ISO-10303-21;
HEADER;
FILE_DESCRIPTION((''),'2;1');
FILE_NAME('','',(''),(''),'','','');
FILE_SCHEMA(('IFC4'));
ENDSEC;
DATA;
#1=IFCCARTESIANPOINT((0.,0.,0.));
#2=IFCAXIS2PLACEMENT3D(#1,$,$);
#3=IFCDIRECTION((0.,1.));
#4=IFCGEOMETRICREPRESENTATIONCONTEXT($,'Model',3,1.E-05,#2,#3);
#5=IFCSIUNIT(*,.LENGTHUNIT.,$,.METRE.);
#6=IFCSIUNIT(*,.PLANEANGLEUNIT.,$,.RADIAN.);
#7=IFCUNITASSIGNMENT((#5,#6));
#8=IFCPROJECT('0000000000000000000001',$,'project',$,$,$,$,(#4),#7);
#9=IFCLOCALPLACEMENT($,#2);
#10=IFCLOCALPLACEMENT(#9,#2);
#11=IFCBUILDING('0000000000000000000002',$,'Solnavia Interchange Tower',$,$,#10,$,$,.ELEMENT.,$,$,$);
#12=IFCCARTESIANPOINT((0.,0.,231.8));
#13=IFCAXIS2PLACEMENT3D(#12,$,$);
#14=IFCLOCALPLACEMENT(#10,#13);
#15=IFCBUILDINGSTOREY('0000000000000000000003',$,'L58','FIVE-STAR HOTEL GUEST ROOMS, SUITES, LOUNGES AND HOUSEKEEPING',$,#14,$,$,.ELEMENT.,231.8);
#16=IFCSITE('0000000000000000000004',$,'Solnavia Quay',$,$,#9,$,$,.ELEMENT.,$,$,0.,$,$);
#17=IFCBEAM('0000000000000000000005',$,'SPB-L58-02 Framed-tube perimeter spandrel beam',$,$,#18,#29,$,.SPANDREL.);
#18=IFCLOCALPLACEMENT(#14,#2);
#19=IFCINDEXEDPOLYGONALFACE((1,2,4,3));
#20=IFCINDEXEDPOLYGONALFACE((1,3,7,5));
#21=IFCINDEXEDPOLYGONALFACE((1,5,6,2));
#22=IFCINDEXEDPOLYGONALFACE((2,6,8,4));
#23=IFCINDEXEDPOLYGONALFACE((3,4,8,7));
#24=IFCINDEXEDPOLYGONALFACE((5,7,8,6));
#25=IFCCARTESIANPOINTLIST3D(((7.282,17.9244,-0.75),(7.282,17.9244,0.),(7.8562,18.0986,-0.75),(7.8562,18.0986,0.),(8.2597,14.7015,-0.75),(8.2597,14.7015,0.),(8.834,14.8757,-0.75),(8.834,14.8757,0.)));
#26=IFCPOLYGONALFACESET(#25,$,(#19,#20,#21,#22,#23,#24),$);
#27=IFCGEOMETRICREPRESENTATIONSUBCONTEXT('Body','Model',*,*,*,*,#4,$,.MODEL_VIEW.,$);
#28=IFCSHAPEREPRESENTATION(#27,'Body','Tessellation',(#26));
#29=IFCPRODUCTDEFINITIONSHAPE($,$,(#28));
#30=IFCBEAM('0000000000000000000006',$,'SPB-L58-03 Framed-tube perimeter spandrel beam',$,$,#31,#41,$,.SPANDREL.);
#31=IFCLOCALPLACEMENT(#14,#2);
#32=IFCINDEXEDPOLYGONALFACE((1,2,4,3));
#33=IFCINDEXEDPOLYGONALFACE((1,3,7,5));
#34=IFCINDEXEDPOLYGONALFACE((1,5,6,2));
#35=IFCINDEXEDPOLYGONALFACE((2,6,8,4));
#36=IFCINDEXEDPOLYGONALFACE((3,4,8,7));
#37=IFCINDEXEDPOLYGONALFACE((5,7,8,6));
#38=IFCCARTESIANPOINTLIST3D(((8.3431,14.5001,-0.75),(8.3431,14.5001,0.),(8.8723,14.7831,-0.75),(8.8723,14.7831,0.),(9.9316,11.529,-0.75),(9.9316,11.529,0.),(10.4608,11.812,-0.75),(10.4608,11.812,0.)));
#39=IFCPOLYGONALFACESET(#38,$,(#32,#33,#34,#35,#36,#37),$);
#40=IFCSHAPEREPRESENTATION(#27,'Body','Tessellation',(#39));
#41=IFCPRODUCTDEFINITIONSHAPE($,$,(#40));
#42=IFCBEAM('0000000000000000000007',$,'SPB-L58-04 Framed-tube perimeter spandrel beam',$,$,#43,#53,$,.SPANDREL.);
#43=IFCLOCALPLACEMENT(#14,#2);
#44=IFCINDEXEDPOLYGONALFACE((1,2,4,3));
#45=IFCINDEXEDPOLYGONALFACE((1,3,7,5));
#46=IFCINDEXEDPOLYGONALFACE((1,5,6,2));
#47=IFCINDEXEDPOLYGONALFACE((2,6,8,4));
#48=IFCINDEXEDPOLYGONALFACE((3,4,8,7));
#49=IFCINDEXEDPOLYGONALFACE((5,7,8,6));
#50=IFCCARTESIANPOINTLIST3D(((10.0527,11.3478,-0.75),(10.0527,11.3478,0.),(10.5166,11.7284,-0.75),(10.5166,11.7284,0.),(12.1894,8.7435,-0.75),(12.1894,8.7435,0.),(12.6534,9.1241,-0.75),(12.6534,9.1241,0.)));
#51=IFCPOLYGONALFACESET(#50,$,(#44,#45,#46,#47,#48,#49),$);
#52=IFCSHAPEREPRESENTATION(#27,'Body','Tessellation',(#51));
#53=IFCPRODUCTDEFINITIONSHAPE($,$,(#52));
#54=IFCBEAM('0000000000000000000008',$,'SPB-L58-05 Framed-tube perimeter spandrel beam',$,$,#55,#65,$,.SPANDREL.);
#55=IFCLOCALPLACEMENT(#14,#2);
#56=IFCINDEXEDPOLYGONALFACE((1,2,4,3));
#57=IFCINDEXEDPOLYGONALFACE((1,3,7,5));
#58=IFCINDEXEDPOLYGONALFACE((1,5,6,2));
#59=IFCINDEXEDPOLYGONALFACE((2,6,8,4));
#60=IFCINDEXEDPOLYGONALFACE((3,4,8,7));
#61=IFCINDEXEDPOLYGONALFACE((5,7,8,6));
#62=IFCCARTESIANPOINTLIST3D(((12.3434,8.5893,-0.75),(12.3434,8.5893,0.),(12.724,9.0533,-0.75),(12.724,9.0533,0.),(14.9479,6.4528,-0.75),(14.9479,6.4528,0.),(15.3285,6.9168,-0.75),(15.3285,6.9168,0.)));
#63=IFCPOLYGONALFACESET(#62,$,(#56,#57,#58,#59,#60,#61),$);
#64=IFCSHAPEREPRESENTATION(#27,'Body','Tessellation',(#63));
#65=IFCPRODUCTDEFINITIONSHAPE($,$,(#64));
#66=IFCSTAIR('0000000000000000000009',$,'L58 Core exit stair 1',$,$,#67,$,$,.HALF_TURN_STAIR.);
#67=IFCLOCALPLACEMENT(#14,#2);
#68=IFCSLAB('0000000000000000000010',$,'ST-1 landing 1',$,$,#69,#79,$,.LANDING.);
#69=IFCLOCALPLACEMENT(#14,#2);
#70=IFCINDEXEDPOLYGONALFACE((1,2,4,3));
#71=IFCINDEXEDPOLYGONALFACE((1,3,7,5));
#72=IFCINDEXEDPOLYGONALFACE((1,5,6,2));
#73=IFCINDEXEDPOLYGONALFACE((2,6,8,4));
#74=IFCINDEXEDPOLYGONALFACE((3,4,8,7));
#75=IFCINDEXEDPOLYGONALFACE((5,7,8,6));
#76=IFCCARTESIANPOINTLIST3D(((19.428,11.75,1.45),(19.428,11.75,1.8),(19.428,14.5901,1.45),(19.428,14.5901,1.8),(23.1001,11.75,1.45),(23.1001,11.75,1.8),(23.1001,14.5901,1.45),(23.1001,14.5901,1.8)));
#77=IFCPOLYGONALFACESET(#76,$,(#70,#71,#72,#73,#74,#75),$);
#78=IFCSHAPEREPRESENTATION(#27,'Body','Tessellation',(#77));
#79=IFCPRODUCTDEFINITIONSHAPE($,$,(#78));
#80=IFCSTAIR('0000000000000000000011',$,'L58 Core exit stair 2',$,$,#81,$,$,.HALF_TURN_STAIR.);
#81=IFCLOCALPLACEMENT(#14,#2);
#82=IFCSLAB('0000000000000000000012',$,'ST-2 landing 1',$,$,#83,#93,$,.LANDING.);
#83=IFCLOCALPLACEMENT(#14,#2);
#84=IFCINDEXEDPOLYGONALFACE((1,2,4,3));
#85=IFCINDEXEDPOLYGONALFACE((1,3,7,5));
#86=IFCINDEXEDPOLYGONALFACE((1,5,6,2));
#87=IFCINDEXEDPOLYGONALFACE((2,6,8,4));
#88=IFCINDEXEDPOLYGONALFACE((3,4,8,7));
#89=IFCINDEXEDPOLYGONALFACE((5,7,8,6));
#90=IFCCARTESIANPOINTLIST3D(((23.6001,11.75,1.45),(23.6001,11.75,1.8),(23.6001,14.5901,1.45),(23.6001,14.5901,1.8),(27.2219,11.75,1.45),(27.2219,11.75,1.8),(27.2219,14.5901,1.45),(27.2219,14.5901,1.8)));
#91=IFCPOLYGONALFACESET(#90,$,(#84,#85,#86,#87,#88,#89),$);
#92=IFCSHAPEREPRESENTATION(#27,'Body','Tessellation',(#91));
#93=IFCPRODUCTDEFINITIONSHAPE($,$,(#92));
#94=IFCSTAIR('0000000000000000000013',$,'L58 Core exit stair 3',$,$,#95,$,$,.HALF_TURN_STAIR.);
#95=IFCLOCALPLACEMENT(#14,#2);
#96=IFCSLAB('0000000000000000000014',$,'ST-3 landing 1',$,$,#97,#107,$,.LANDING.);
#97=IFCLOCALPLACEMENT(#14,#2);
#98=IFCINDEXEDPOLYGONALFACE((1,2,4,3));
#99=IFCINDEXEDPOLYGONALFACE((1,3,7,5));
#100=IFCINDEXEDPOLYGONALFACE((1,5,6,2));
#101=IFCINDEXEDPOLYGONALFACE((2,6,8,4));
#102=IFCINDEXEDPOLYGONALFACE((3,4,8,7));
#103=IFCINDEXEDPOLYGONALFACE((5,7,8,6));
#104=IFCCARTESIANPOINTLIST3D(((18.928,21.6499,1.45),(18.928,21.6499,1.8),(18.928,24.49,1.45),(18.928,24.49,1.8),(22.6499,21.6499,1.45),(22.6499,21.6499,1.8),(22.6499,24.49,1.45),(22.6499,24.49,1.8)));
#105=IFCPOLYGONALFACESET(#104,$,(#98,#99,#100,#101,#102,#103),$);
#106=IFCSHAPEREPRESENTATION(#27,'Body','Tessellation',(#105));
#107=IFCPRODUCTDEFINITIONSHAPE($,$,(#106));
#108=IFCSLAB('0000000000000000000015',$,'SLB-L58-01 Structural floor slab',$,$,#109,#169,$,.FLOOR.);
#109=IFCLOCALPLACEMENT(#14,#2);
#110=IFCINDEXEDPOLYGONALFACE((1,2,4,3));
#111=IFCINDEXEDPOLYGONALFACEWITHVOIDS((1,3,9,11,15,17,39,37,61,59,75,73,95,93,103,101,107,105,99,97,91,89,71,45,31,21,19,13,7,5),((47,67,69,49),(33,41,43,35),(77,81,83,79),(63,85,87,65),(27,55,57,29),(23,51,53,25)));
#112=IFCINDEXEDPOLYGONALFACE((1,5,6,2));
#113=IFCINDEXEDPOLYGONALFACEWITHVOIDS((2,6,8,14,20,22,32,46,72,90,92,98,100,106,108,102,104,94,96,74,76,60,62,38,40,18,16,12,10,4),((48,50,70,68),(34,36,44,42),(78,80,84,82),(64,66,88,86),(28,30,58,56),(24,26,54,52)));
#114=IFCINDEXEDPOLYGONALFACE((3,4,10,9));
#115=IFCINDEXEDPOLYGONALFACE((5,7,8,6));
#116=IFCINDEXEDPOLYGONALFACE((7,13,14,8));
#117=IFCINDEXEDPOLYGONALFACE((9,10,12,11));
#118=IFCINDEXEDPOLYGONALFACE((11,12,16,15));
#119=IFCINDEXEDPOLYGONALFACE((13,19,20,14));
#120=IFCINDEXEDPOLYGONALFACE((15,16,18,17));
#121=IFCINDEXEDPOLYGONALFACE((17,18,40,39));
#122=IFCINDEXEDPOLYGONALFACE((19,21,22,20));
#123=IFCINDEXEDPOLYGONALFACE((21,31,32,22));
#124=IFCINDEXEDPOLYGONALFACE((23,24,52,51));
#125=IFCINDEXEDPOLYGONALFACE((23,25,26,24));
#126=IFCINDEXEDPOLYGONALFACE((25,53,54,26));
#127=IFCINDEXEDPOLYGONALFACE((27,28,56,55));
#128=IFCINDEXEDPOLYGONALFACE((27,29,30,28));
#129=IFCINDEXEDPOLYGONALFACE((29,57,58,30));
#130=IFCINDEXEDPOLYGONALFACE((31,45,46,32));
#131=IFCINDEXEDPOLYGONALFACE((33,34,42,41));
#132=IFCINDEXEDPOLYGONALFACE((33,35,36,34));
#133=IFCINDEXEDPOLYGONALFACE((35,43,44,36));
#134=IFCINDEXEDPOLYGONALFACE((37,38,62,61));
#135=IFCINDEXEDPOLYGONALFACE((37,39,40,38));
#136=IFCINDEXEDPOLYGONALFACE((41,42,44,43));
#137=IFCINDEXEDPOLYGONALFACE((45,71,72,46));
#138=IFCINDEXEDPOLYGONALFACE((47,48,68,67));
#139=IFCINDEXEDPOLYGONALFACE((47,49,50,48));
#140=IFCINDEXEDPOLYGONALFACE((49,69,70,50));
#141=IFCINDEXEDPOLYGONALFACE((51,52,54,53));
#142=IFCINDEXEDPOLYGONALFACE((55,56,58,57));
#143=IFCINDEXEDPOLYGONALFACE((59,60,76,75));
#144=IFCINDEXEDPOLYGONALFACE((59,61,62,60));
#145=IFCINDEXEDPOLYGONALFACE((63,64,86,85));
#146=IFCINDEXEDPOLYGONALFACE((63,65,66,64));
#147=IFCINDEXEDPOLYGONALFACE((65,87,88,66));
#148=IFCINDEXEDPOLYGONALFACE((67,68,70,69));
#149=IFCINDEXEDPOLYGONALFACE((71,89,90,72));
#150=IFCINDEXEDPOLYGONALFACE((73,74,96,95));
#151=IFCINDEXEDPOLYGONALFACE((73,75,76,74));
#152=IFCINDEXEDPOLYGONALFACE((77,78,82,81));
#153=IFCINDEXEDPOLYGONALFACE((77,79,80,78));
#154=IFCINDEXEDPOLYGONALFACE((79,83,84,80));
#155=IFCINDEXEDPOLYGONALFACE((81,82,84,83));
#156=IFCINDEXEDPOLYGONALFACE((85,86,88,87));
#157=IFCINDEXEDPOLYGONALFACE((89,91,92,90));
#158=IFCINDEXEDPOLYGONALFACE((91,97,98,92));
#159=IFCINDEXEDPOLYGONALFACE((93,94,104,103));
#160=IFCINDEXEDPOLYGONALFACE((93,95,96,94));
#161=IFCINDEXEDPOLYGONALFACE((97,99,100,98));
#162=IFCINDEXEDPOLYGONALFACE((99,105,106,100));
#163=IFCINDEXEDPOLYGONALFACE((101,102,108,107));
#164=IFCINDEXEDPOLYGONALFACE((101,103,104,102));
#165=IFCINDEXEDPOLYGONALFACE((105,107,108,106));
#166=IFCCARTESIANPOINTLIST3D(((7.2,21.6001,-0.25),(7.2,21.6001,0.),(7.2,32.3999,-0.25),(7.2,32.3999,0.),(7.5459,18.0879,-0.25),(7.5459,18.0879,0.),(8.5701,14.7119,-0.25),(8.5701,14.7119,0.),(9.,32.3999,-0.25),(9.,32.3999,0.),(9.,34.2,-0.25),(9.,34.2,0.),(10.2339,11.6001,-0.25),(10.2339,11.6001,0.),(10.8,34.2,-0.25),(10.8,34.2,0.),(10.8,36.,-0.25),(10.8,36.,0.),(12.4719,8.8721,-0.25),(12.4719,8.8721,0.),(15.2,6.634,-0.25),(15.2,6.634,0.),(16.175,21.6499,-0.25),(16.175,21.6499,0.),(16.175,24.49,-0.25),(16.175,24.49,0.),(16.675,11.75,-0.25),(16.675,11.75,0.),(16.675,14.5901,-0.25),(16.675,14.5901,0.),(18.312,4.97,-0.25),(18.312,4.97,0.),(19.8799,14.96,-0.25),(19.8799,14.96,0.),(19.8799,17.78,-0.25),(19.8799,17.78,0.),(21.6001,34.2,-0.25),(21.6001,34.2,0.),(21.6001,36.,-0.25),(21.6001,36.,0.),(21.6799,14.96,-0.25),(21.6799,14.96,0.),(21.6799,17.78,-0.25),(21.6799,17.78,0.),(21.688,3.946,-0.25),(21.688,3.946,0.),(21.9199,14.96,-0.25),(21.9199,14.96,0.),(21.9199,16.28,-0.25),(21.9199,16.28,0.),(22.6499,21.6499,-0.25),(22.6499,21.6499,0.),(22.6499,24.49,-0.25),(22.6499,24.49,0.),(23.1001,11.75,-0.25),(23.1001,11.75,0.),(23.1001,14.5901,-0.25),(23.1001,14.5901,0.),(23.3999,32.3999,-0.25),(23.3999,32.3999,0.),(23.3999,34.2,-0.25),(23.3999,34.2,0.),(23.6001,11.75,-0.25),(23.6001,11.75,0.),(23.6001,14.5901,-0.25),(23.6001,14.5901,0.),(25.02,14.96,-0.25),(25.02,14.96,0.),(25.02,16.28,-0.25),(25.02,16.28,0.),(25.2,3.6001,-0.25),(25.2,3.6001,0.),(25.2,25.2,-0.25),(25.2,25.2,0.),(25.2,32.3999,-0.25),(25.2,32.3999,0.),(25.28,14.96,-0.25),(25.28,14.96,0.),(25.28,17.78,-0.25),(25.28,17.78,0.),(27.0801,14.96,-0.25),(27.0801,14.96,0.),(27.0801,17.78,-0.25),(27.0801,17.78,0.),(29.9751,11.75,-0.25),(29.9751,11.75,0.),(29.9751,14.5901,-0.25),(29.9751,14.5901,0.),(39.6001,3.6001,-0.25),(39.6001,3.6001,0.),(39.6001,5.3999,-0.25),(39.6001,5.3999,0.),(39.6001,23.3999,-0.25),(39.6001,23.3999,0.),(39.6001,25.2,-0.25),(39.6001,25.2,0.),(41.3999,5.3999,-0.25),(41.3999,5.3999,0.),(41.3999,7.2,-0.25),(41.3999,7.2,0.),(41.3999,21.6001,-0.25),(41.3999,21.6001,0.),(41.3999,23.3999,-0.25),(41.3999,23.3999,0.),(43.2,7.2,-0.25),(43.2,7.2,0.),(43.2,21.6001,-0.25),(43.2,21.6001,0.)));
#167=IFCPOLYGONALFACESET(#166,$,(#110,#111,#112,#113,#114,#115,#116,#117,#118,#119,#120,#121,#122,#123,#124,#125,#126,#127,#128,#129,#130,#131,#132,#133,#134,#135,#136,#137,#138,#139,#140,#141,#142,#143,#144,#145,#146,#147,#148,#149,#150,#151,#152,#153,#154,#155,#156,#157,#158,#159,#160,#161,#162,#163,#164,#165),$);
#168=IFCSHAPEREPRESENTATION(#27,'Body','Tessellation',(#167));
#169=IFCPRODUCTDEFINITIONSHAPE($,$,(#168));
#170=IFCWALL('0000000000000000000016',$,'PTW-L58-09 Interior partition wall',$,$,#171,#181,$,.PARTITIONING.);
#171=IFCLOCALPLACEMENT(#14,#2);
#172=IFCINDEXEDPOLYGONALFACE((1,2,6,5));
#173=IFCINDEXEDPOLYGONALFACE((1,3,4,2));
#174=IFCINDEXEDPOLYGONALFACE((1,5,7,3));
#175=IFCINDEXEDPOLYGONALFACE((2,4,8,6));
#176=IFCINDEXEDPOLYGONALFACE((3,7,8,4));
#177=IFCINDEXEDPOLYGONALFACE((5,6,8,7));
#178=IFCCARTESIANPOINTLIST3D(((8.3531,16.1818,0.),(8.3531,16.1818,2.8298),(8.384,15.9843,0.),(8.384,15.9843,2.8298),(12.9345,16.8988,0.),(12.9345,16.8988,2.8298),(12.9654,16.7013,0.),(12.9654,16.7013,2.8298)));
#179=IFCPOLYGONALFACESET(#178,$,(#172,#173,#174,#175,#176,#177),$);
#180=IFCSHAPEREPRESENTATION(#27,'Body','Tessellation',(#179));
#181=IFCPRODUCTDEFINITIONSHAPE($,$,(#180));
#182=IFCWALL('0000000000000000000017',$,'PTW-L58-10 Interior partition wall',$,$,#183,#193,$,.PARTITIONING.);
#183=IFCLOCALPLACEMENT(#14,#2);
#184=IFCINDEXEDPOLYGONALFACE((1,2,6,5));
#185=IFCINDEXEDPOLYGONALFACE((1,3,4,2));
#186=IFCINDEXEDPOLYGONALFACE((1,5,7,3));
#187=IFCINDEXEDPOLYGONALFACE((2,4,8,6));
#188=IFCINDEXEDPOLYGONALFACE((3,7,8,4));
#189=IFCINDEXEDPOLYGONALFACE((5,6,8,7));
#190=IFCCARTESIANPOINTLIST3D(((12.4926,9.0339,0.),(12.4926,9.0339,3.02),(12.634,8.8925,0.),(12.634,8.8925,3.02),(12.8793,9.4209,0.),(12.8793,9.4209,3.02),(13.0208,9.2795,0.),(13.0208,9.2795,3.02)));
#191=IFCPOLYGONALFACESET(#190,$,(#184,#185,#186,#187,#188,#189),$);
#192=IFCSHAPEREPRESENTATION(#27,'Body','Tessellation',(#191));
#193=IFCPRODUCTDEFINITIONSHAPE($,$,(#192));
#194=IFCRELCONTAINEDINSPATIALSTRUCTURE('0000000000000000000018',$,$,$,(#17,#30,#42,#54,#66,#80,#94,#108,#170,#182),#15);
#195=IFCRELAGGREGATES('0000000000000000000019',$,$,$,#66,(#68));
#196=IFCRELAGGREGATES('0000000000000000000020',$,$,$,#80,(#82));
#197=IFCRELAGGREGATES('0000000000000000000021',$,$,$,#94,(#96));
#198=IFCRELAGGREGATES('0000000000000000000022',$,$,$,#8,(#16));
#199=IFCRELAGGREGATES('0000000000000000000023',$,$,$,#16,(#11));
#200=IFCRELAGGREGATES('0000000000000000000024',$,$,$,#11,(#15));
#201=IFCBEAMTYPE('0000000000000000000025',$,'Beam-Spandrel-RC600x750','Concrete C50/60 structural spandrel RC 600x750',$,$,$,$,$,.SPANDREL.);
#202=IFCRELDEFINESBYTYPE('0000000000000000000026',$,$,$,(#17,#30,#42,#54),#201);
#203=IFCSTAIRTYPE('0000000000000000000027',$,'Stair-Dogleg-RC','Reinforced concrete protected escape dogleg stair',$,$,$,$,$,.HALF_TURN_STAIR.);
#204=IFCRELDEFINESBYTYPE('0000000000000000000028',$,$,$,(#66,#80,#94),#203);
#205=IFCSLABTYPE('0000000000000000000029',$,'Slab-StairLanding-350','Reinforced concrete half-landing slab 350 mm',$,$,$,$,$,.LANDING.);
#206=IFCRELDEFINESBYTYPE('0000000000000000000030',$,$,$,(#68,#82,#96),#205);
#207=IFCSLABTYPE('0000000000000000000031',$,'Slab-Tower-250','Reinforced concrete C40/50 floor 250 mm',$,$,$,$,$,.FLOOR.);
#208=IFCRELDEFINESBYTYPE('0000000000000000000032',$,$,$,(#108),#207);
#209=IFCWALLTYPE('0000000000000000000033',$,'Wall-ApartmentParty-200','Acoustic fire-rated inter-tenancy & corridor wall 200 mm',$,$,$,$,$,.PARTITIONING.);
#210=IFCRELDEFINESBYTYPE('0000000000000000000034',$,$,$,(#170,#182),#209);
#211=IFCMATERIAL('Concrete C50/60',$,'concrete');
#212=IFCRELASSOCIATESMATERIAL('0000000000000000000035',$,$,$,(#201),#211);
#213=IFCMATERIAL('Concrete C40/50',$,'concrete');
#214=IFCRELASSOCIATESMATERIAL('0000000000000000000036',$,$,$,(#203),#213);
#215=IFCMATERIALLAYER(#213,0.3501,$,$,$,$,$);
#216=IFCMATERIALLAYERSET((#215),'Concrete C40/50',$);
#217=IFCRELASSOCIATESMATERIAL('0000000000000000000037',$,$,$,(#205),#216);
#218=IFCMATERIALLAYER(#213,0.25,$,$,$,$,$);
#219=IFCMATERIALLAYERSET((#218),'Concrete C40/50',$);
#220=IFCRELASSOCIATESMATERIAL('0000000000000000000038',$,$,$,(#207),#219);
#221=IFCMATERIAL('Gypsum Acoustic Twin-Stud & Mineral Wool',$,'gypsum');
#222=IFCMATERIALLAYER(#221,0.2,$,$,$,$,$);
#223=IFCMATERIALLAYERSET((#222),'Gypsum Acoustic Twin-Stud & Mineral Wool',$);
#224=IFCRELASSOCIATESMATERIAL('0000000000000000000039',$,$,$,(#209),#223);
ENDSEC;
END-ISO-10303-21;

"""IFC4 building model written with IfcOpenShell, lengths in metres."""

from ifc_helpers import new_model, si_unit, direction, frame, frame_2d, origin, origin_2d, place, context, subcontext, project, spatial, polyline, rectangle, outline, extrude, material, layer, layer_set, material_profile, profile_set, type_object, element, aggregate, save


model = new_model("IFC4")

# Units and contexts
model_context = context("Model", 3, precision=1e-05, world=origin(), true_north=direction((0.0, 1.0)))
body_context = subcontext(model_context, "Body", "Model", "MODEL_VIEW")
ifc_project = project(units=[si_unit("LENGTHUNIT", "METRE"), si_unit("PLANEANGLEUNIT", "RADIAN")], contexts=[model_context])

# Site, building, storey
site_placement = place(None, origin())
site = spatial("IfcSite", under=ifc_project, at=site_placement, Name="Solnavia Quay", CompositionType="ELEMENT", RefElevation=0.0)
building_placement = place(site_placement, origin())
building = spatial("IfcBuilding", under=site, at=building_placement, Name="Solnavia Interchange Tower", CompositionType="ELEMENT")
storey_placement = place(building_placement, frame((0.0, 0.0, 231.8)))
storey = spatial("IfcBuildingStorey", under=building, at=storey_placement, Name="L58", Description="FIVE-STAR HOTEL GUEST ROOMS, SUITES, LOUNGES AND HOUSEKEEPING", CompositionType="ELEMENT", Elevation=231.8)

# Shared definitions
ifc_material_1 = material(Name="Concrete C50/60", Category="concrete")

# Beams
ifc_material_profile_1 = material_profile(ifc_material_1, rectangle(XDim=0.6001, YDim=0.75, at=origin_2d()), Name="RC 600x750")
ifc_profile_set_1 = profile_set([ifc_material_profile_1], Name="Concrete C50/60")
beam_type_1 = type_object("IfcBeamType", Name="Beam-Spandrel-RC600x750", Description="Concrete C50/60 structural spandrel RC 600x750", PredefinedType="SPANDREL", material=ifc_profile_set_1)
beam_1_placement = place(storey_placement, frame((7.5691, 18.0115, -0.375), z_axis=(0.290319, -0.95693, 0.0), x_axis=(0.95693, 0.290319, 0.0)))
element("IfcBeam", 1, at=beam_1_placement, inside=storey, type_object=beam_type_1, Name="SPB-L58-02 Framed-tube perimeter spandrel beam", PredefinedType="SPANDREL", context=body_context, shape_type="SweptSolid", body=[
    extrude(rectangle(XDim=0.6001, YDim=0.75, at=origin_2d()), origin(), (0.0, 0.0, 1.0), 3.3679),
])
beam_2_placement = place(storey_placement, frame((8.6077, 14.6416, -0.375), z_axis=(0.471509, -0.881861, 0.0), x_axis=(0.881861, 0.471509, 0.0)))
element("IfcBeam", 2, at=beam_2_placement, inside=storey, type_object=beam_type_1, Name="SPB-L58-03 Framed-tube perimeter spandrel beam", PredefinedType="SPANDREL", context=body_context, shape_type="SweptSolid", body=[
    extrude(rectangle(XDim=0.6001, YDim=0.75, at=origin_2d()), origin(), (0.0, 0.0, 1.0), 3.3691),
])
for number, where, z_axis, x_axis, name in (
    (3, (10.2847, 11.5381, -0.375), (0.634299, -0.773088, 0.0), (0.773088, 0.634299, 0.0), "SPB-L58-04 Framed-tube perimeter spandrel beam"),
    (4, (12.5337, 8.8213, -0.375), (0.773153, -0.63422, 0.0), (0.63422, 0.773153, 0.0), "SPB-L58-05 Framed-tube perimeter spandrel beam"),
):
    element("IfcBeam", number, at=place(storey_placement, frame(where, z_axis=z_axis, x_axis=x_axis)), inside=storey, type_object=beam_type_1, Name=name, PredefinedType="SPANDREL", context=body_context, shape_type="SweptSolid", body=[
        extrude(rectangle(XDim=0.6001, YDim=0.75, at=origin_2d()), origin(), (0.0, 0.0, 1.0), 3.3687),
    ])

# Stairs, slabs
ifc_material_2 = material(Name="Concrete C40/50", Category="concrete")
stair_type = type_object("IfcStairType", Name="Stair-Dogleg-RC", Description="Reinforced concrete protected escape dogleg stair", PredefinedType="HALF_TURN_STAIR", material=ifc_material_2)
stair_1_placement = place(storey_placement, origin())
stair_1 = element("IfcStair", 5, at=stair_1_placement, inside=storey, type_object=stair_type, Name="L58 Core exit stair 1", PredefinedType="HALF_TURN_STAIR")
ifc_layer_1 = layer(ifc_material_2, 0.3501)
ifc_layer_set_1 = layer_set([ifc_layer_1], Name="Concrete C40/50")
slab_type_1 = type_object("IfcSlabType", Name="Slab-StairLanding-350", Description="Reinforced concrete half-landing slab 350 mm", PredefinedType="LANDING", material=ifc_layer_set_1)
slab_1_placement = place(storey_placement, frame((0.0, 0.0, 1.45)))
slab_1 = element("IfcSlab", 6, at=slab_1_placement, type_object=slab_type_1, Name="ST-1 landing 1", PredefinedType="LANDING", context=body_context, shape_type="SweptSolid", body=[
    extrude(outline(polyline([(19.428, 11.75), (23.1001, 11.75), (23.1001, 14.5901), (19.428, 14.5901), (19.428, 11.75)])), origin(), (0.0, 0.0, 1.0), 0.3501),
])
aggregate(stair_1, [slab_1])
stair_2_placement = place(storey_placement, origin())
stair_2 = element("IfcStair", 7, at=stair_2_placement, inside=storey, type_object=stair_type, Name="L58 Core exit stair 2", PredefinedType="HALF_TURN_STAIR")
slab_2_placement = place(storey_placement, frame((0.0, 0.0, 1.45)))
slab_2 = element("IfcSlab", 8, at=slab_2_placement, type_object=slab_type_1, Name="ST-2 landing 1", PredefinedType="LANDING", context=body_context, shape_type="SweptSolid", body=[
    extrude(outline(polyline([(23.6001, 11.75), (27.2219, 11.75), (27.2219, 14.5901), (23.6001, 14.5901), (23.6001, 11.75)])), origin(), (0.0, 0.0, 1.0), 0.3501),
])
aggregate(stair_2, [slab_2])
stair_3_placement = place(storey_placement, origin())
stair_3 = element("IfcStair", 9, at=stair_3_placement, inside=storey, type_object=stair_type, Name="L58 Core exit stair 3", PredefinedType="HALF_TURN_STAIR")
slab_3_placement = place(storey_placement, frame((0.0, 0.0, 1.45)))
slab_3 = element("IfcSlab", 10, at=slab_3_placement, type_object=slab_type_1, Name="ST-3 landing 1", PredefinedType="LANDING", context=body_context, shape_type="SweptSolid", body=[
    extrude(outline(polyline([(18.928, 21.6499), (22.6499, 21.6499), (22.6499, 24.49), (18.928, 24.49), (18.928, 21.6499)])), origin(), (0.0, 0.0, 1.0), 0.3501),
])
aggregate(stair_3, [slab_3])

# Slab
ifc_layer_2 = layer(ifc_material_2, 0.25)
ifc_layer_set_2 = layer_set([ifc_layer_2], Name="Concrete C40/50")
slab_type_2 = type_object("IfcSlabType", Name="Slab-Tower-250", Description="Reinforced concrete C40/50 floor 250 mm", PredefinedType="FLOOR", material=ifc_layer_set_2)
slab_4_placement = place(storey_placement, frame((0.0, 0.0, -0.25)))
element("IfcSlab", 11, at=slab_4_placement, inside=storey, type_object=slab_type_2, Name="SLB-L58-01 Structural floor slab", PredefinedType="FLOOR", context=body_context, shape_type="SweptSolid", body=[
    extrude(outline(polyline([(25.2, 3.6001), (39.6001, 3.6001), (39.6001, 5.3999), (41.3999, 5.3999), (41.3999, 7.2), (43.2, 7.2), (43.2, 21.6001), (41.3999, 21.6001), (41.3999, 23.3999), (39.6001, 23.3999), (39.6001, 25.2), (25.2, 25.2), (25.2, 32.3999), (23.3999, 32.3999), (23.3999, 34.2), (21.6001, 34.2), (21.6001, 36.0), (10.8, 36.0), (10.8, 34.2), (9.0, 34.2), (9.0, 32.3999), (7.2, 32.3999), (7.2, 21.6001), (7.5459, 18.0879), (8.5701, 14.7119), (10.2339, 11.6001), (12.4719, 8.8721), (15.2, 6.634), (18.312, 4.97), (21.688, 3.946), (25.2, 3.6001)]), holes=[polyline([(16.675, 11.75), (23.1001, 11.75), (23.1001, 14.5901), (16.675, 14.5901), (16.675, 11.75)]), polyline([(23.6001, 11.75), (29.9751, 11.75), (29.9751, 14.5901), (23.6001, 14.5901), (23.6001, 11.75)]), polyline([(16.175, 21.6499), (22.6499, 21.6499), (22.6499, 24.49), (16.175, 24.49), (16.175, 21.6499)]), polyline([(19.8799, 14.96), (21.6799, 14.96), (21.6799, 17.78), (19.8799, 17.78), (19.8799, 14.96)]), polyline([(25.28, 14.96), (27.0801, 14.96), (27.0801, 17.78), (25.28, 17.78), (25.28, 14.96)]), polyline([(21.9199, 14.96), (25.02, 14.96), (25.02, 16.28), (21.9199, 16.28), (21.9199, 14.96)])]), origin(), (0.0, 0.0, 1.0), 0.25),
])

# Walls
ifc_material_3 = material(Name="Gypsum Acoustic Twin-Stud & Mineral Wool", Category="gypsum")
ifc_layer_3 = layer(ifc_material_3, 0.2)
ifc_layer_set_3 = layer_set([ifc_layer_3], Name="Gypsum Acoustic Twin-Stud & Mineral Wool")
wall_type_1 = type_object("IfcWallType", Name="Wall-ApartmentParty-200", Description="Acoustic fire-rated inter-tenancy & corridor wall 200 mm", PredefinedType="PARTITIONING", material=ifc_layer_set_3)
wall_1_placement = place(storey_placement, frame((12.95, 16.8, 0.0), z_axis=(0.0, 0.0, 1.0), x_axis=(-0.987973, -0.154624, 0.0)))
element("IfcWall", 12, at=wall_1_placement, inside=storey, type_object=wall_type_1, Name="PTW-L58-09 Interior partition wall", PredefinedType="PARTITIONING", context=body_context, shape_type="SweptSolid", body=[
    extrude(rectangle(XDim=4.6372, YDim=0.2, at=frame_2d((2.3186, 0.0))), origin(), (0.0, 0.0, 1.0), 2.8298),
])
wall_2_placement = place(storey_placement, frame((12.95, 9.3501, 0.0), z_axis=(0.0, 0.0, 1.0), x_axis=(-0.706884, -0.70733, 0.0)))
element("IfcWall", 13, at=wall_2_placement, inside=storey, type_object=wall_type_1, Name="PTW-L58-10 Interior partition wall", PredefinedType="PARTITIONING", context=body_context, shape_type="SweptSolid", body=[
    extrude(rectangle(XDim=0.5471, YDim=0.2, at=frame_2d((0.2734, 0.0))), origin(), (0.0, 0.0, 1.0), 3.02),
])

save(model, "model.ifc")
